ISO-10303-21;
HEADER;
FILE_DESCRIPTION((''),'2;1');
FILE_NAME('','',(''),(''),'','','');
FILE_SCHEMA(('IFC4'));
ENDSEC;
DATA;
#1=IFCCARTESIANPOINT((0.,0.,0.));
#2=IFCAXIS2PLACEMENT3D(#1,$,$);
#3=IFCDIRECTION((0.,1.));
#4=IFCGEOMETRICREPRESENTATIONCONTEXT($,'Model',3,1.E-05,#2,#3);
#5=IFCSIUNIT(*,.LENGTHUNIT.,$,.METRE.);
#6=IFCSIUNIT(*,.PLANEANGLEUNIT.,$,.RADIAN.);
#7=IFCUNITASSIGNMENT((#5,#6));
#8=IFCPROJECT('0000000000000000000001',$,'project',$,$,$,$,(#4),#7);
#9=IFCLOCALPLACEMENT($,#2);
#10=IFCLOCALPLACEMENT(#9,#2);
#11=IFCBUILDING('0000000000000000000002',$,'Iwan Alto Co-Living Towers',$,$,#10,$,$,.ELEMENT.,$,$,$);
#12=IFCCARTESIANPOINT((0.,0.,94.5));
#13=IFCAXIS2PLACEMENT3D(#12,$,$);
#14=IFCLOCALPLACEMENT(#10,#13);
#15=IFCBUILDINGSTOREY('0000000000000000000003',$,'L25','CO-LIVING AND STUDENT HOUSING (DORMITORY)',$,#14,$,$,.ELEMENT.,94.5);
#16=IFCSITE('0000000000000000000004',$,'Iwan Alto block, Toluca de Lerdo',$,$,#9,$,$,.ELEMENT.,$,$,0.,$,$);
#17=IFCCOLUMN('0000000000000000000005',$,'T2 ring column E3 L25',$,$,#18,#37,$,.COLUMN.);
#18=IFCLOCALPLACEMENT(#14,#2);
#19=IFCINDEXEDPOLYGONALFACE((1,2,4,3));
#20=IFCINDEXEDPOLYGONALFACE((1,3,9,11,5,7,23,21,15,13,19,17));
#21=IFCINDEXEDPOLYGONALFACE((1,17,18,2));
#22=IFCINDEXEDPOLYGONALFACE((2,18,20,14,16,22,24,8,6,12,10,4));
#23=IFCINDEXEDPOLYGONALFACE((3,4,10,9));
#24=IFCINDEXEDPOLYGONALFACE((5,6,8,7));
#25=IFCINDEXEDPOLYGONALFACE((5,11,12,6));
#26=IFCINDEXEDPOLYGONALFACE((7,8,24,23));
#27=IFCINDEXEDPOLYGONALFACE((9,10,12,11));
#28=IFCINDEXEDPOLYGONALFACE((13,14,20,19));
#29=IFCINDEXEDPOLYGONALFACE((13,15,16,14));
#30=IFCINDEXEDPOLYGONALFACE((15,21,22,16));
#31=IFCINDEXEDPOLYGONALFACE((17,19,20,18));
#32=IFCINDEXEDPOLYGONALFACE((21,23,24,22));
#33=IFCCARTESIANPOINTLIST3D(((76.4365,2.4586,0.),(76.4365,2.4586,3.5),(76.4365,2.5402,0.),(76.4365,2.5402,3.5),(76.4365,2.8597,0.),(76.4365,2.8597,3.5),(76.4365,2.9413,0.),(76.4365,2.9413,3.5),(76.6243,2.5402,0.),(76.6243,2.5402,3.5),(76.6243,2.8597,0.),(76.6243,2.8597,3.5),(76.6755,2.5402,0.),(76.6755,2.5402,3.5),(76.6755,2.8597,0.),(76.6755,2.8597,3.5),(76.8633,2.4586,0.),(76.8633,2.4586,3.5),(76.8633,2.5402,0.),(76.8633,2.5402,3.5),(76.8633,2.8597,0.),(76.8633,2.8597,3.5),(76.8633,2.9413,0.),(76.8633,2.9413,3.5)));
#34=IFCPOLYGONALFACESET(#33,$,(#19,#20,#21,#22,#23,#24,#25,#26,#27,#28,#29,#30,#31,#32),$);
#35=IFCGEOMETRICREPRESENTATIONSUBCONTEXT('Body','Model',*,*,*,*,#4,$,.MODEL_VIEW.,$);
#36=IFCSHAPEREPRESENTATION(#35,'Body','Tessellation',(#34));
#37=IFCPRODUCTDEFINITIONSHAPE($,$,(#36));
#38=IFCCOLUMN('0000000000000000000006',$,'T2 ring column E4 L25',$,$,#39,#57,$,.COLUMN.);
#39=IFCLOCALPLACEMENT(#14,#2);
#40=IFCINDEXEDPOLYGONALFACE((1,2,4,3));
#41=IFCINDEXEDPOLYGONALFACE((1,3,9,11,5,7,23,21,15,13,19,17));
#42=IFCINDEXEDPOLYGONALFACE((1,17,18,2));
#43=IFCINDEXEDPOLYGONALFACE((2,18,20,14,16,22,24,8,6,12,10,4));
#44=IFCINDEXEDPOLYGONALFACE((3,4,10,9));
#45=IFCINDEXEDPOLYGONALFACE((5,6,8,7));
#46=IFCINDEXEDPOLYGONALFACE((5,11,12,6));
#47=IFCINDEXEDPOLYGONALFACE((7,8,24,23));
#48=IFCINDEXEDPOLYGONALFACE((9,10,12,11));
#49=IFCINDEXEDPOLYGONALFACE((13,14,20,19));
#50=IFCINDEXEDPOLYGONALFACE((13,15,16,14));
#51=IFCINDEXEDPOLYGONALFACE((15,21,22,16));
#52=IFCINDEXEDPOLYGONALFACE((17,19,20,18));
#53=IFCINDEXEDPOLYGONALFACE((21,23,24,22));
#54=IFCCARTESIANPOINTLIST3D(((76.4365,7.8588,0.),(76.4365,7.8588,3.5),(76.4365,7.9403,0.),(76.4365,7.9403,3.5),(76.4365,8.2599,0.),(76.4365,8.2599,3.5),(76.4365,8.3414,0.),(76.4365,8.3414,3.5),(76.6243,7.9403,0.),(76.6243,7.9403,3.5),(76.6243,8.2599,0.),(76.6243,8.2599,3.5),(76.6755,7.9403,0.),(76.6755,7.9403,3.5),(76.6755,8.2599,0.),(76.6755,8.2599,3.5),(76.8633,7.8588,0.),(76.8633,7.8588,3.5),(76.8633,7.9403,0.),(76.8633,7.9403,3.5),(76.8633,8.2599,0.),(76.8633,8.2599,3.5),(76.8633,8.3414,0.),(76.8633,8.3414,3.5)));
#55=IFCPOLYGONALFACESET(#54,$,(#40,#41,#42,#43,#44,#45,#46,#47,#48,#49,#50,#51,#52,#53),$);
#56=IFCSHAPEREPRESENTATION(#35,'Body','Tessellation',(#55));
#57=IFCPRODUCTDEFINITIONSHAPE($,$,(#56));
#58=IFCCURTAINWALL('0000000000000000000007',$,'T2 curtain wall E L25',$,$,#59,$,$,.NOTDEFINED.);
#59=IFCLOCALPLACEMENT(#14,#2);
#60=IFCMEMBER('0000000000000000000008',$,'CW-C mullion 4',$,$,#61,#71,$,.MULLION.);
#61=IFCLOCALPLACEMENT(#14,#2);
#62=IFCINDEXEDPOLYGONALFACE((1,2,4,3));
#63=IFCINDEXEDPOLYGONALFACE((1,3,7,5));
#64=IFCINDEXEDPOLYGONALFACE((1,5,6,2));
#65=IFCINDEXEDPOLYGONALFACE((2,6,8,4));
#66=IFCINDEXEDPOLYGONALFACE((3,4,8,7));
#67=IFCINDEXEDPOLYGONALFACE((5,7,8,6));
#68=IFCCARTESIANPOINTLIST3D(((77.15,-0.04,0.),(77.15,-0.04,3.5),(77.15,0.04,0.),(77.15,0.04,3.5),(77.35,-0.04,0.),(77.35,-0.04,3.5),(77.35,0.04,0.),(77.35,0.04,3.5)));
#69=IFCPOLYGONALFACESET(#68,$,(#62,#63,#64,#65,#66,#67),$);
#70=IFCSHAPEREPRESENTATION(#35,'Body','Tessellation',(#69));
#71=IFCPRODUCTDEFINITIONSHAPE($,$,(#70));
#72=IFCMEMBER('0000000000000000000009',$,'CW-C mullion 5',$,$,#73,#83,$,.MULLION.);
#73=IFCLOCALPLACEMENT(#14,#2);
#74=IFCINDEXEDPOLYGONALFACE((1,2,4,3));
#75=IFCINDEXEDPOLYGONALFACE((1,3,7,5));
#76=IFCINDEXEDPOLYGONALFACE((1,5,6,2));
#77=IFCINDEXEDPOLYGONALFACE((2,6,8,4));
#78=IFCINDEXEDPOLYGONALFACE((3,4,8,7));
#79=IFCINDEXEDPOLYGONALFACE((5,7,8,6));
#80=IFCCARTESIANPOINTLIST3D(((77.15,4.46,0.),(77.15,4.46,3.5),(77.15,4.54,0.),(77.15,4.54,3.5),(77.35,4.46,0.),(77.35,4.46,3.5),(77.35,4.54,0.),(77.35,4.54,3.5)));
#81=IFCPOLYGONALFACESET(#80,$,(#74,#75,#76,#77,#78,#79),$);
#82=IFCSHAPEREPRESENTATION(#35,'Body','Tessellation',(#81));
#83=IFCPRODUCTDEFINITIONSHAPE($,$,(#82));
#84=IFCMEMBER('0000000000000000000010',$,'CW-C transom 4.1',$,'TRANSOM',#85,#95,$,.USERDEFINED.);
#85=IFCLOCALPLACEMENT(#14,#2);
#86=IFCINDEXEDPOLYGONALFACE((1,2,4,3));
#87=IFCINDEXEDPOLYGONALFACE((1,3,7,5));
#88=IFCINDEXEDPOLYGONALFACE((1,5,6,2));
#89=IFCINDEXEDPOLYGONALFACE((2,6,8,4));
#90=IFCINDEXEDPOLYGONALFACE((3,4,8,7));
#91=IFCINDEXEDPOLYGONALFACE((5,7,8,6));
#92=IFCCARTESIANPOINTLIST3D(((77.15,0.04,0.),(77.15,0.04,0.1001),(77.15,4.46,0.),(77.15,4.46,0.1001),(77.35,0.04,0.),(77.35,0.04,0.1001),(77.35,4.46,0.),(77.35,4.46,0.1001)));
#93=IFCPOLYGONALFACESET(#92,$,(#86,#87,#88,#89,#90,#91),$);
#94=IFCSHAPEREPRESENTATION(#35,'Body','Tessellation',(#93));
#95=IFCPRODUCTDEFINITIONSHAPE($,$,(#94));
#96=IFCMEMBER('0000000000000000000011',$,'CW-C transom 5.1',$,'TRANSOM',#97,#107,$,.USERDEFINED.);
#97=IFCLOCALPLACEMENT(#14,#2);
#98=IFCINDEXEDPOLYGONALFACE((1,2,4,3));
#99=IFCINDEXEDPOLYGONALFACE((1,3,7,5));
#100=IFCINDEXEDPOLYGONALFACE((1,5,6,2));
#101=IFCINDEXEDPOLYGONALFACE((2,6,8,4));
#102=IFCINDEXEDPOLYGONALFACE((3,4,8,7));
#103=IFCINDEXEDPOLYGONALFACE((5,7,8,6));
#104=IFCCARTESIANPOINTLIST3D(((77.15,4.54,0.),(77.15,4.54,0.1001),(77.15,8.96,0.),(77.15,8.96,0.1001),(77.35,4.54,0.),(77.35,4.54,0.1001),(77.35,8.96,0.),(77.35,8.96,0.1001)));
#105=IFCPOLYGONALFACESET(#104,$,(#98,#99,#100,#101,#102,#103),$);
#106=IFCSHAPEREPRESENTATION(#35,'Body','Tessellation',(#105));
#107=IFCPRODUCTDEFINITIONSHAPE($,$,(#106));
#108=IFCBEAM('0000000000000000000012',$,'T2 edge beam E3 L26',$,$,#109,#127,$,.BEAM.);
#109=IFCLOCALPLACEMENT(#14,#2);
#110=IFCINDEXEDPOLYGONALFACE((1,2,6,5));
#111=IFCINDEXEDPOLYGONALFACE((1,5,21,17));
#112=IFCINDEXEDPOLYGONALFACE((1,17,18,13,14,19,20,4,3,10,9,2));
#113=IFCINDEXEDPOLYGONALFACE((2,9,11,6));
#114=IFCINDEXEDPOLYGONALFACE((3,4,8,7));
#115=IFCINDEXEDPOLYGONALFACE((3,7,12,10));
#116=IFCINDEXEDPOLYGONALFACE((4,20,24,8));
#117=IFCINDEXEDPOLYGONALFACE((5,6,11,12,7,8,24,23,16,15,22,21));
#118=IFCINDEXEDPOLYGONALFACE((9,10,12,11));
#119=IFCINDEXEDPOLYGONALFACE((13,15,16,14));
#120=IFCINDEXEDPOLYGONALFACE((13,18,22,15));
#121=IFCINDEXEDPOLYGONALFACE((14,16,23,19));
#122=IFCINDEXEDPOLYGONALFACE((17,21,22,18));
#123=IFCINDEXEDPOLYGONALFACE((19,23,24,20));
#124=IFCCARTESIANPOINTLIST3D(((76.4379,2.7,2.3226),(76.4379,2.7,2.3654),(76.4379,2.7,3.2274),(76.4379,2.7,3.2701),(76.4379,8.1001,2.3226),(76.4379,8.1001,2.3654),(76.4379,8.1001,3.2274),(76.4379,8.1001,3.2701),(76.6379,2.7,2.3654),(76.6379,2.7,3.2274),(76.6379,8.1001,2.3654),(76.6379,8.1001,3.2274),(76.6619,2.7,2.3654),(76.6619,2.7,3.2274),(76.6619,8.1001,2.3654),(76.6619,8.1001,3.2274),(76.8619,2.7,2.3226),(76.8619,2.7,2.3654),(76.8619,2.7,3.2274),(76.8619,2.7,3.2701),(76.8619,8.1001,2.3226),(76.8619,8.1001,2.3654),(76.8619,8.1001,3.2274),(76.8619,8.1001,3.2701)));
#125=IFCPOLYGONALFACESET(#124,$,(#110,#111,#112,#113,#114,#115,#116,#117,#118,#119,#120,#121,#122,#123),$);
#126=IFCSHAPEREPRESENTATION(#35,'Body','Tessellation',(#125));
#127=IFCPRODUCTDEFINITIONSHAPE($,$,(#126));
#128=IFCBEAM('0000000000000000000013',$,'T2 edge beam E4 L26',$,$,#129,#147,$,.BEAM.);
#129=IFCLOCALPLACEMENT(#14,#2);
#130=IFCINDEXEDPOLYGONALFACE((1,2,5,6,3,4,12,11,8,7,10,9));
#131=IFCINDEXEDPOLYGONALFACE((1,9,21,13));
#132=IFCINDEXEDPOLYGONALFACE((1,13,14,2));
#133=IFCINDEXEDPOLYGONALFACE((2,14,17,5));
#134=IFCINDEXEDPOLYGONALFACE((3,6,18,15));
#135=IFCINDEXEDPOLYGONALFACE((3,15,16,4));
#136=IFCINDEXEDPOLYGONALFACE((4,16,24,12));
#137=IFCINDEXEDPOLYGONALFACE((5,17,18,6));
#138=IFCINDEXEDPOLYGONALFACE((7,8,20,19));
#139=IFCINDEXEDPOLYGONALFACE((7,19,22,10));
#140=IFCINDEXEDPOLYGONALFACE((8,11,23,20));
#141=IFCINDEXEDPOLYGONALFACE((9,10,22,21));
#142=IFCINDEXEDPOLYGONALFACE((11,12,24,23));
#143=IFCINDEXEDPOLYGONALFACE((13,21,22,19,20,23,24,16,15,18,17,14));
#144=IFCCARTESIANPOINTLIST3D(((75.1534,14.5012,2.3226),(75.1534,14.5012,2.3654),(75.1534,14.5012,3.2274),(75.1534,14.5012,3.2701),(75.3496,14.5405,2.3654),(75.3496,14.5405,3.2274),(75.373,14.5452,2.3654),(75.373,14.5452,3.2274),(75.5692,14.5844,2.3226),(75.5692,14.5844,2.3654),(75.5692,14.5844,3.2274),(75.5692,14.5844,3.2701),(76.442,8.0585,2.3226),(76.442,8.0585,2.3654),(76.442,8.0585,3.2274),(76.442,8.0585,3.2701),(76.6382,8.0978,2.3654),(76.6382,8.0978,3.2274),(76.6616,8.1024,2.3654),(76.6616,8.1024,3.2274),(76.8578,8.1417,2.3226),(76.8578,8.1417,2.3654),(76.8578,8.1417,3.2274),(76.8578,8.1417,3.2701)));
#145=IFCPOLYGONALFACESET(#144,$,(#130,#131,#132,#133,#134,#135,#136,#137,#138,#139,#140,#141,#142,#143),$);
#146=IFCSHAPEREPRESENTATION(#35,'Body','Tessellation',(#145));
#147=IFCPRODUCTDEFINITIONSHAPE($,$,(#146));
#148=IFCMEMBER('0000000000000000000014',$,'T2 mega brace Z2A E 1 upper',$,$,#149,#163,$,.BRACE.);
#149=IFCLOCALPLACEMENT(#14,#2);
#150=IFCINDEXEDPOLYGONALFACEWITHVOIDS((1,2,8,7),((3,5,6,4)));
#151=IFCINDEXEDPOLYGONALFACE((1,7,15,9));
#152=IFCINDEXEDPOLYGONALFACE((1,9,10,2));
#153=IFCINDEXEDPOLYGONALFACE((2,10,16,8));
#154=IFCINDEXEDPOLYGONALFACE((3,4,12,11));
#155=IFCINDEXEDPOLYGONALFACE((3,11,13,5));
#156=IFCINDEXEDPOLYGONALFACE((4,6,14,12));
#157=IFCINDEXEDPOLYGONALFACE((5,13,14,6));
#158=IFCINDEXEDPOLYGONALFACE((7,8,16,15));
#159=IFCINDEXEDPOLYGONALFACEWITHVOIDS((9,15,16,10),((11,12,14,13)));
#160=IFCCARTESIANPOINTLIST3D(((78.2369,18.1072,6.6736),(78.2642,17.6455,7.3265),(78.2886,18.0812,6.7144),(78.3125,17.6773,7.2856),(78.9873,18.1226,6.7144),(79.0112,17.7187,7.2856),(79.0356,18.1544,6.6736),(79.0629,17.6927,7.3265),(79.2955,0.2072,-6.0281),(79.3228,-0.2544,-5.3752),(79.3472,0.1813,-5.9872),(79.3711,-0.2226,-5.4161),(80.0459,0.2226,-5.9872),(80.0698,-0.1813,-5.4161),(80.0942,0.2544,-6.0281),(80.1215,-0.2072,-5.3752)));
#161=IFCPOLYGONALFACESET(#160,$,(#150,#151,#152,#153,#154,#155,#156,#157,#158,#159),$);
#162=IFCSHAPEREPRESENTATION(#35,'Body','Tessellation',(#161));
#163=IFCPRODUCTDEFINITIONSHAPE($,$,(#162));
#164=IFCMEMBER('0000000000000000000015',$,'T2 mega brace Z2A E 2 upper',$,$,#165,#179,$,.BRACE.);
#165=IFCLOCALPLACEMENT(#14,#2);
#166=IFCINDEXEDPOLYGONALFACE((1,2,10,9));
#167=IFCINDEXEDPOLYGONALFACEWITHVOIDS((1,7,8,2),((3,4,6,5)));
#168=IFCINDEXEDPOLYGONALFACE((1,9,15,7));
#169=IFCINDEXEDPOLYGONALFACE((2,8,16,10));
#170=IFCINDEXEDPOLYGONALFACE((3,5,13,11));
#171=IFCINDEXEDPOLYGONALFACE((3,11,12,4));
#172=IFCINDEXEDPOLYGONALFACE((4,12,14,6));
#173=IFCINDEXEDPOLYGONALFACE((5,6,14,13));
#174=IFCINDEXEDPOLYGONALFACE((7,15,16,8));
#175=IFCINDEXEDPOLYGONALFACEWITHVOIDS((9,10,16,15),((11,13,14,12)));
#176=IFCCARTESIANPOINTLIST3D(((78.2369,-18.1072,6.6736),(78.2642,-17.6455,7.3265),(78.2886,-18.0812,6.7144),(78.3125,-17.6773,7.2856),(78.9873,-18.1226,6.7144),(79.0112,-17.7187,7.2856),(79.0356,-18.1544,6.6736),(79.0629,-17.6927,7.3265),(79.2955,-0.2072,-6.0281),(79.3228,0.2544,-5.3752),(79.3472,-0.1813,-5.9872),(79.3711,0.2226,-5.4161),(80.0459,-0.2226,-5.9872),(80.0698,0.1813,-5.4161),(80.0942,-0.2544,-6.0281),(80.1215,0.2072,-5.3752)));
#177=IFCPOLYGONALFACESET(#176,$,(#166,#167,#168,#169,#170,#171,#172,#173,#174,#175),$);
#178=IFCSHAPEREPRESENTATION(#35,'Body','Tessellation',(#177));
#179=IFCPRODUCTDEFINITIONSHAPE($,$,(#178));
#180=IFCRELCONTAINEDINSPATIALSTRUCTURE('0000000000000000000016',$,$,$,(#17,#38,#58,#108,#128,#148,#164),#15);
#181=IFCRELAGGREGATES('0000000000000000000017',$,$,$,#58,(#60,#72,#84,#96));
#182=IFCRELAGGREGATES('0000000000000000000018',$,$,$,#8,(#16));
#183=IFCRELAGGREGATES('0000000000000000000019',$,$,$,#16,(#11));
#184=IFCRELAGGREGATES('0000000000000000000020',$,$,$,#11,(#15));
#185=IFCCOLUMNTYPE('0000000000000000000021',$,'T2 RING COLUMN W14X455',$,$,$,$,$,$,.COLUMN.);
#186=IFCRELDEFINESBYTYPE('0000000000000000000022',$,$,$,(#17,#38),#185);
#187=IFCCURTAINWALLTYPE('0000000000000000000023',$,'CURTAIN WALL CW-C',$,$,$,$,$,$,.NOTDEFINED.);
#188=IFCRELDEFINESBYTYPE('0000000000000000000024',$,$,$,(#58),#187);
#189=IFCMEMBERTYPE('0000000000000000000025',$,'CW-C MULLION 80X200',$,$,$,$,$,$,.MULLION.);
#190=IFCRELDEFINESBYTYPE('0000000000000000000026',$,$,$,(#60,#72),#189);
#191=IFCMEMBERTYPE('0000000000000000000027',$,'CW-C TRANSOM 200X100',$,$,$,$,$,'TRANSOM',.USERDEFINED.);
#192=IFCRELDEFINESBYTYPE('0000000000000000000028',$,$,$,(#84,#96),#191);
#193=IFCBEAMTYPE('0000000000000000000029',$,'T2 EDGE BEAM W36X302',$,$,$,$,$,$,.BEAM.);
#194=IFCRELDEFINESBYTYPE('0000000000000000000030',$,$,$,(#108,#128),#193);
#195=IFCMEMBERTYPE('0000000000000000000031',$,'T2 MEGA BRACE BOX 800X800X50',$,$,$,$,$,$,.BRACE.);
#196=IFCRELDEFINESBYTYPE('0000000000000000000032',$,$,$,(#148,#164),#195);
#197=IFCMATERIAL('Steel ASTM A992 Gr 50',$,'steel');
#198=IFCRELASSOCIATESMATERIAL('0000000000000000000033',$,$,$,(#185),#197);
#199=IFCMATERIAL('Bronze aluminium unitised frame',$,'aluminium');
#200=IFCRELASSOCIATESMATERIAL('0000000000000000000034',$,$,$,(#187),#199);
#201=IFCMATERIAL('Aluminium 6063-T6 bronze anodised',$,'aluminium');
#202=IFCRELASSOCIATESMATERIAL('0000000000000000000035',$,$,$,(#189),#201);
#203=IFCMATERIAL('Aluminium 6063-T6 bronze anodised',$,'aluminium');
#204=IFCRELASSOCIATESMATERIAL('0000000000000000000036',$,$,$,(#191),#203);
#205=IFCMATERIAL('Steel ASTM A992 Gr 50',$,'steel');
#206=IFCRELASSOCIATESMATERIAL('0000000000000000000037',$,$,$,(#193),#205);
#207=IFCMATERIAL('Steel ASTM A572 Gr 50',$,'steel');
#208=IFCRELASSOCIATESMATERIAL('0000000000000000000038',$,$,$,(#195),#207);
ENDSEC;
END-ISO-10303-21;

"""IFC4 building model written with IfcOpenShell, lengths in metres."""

from ifc_helpers import new_model, si_unit, direction, frame, origin, origin_2d, place, context, subcontext, project, spatial, rectangle, hollow_rectangle, i_section, extrude, material, material_profile, profile_set, type_object, element, aggregate, save


model = new_model("IFC4")

# Units and contexts
model_context = context("Model", 3, precision=1e-05, world=origin(), true_north=direction((0.0, 1.0)))
body_context = subcontext(model_context, "Body", "Model", "MODEL_VIEW")
ifc_project = project(units=[si_unit("LENGTHUNIT", "METRE"), si_unit("PLANEANGLEUNIT", "RADIAN")], contexts=[model_context])

# Site, building, storey
site_placement = place(None, origin())
site = spatial("IfcSite", under=ifc_project, at=site_placement, Name="Iwan Alto block, Toluca de Lerdo", CompositionType="ELEMENT", RefElevation=0.0)
building_placement = place(site_placement, origin())
building = spatial("IfcBuilding", under=site, at=building_placement, Name="Iwan Alto Co-Living Towers", CompositionType="ELEMENT")
storey_placement = place(building_placement, frame((0.0, 0.0, 94.5)))
storey = spatial("IfcBuildingStorey", under=building, at=storey_placement, Name="L25", Description="CO-LIVING AND STUDENT HOUSING (DORMITORY)", CompositionType="ELEMENT", Elevation=94.5)

# Columns
ifc_material_1 = material(Name="Steel ASTM A992 Gr 50", Category="steel")
ifc_material_profile_1 = material_profile(ifc_material_1, i_section(OverallWidth=0.4268, OverallDepth=0.4827, WebThickness=0.0513, FlangeThickness=0.0815, at=origin_2d()), Name="W14X455")
ifc_profile_set_1 = profile_set([ifc_material_profile_1], Name="Steel ASTM A992 Gr 50")
column_type = type_object("IfcColumnType", Name="T2 RING COLUMN W14X455", PredefinedType="COLUMN", material=ifc_profile_set_1)
for number, where, z_axis, x_axis, name in (
    (1, (76.6499, 2.7, 0.0), (0.0, 0.0, 1.0), (1.0, 0.0, 0.0), "T2 ring column E3 L25"),
    (2, (76.6499, 8.1001, 0.0), (0.0, 0.0, 1.0), (1.0, 0.0, 0.0), "T2 ring column E4 L25"),
):
    element("IfcColumn", number, at=place(storey_placement, frame(where, z_axis=z_axis, x_axis=x_axis)), inside=storey, type_object=column_type, Name=name, PredefinedType="COLUMN", context=body_context, shape_type="SweptSolid", body=[
        extrude(i_section(OverallWidth=0.4268, OverallDepth=0.4827, WebThickness=0.0513, FlangeThickness=0.0815, at=origin_2d()), origin(), (0.0, 0.0, 1.0), 3.5),
    ])

# Curtain wall, members
ifc_material_2 = material(Name="Bronze aluminium unitised frame", Category="aluminium")
curtain_wall_type = type_object("IfcCurtainWallType", Name="CURTAIN WALL CW-C", PredefinedType="NOTDEFINED", material=ifc_material_2)
curtain_wall_placement = place(storey_placement, origin())
curtain_wall = element("IfcCurtainWall", 3, at=curtain_wall_placement, inside=storey, type_object=curtain_wall_type, Name="T2 curtain wall E L25", PredefinedType="NOTDEFINED")
ifc_material_3 = material(Name="Aluminium 6063-T6 bronze anodised", Category="aluminium")
ifc_material_profile_2 = material_profile(ifc_material_3, rectangle(XDim=0.2, YDim=0.0801, at=origin_2d()), Name="AL 80X200")
ifc_profile_set_2 = profile_set([ifc_material_profile_2], Name="Aluminium 6063-T6 bronze anodised")
member_type_1 = type_object("IfcMemberType", Name="CW-C MULLION 80X200", PredefinedType="MULLION", material=ifc_profile_set_2)
member_1_placement = place(storey_placement, frame((77.25, 0.0, 0.0), z_axis=(0.0, 0.0, 1.0), x_axis=(-1.0, 0.0, 0.0)))
member_1 = element("IfcMember", 4, at=member_1_placement, type_object=member_type_1, Name="CW-C mullion 4", PredefinedType="MULLION", context=body_context, shape_type="SweptSolid", body=[
    extrude(rectangle(XDim=0.2, YDim=0.0801, at=origin_2d()), origin(), (0.0, 0.0, 1.0), 3.5),
])
member_2_placement = place(storey_placement, frame((77.25, 4.5, 0.0), z_axis=(0.0, 0.0, 1.0), x_axis=(-1.0, 0.0, 0.0)))
member_2 = element("IfcMember", 5, at=member_2_placement, type_object=member_type_1, Name="CW-C mullion 5", PredefinedType="MULLION", context=body_context, shape_type="SweptSolid", body=[
    extrude(rectangle(XDim=0.2, YDim=0.0801, at=origin_2d()), origin(), (0.0, 0.0, 1.0), 3.5),
])
ifc_material_4 = material(Name="Aluminium 6063-T6 bronze anodised", Category="aluminium")
ifc_material_profile_3 = material_profile(ifc_material_4, rectangle(XDim=0.2, YDim=0.1001, at=origin_2d()), Name="AL 200X100")
ifc_profile_set_3 = profile_set([ifc_material_profile_3], Name="Aluminium 6063-T6 bronze anodised")
member_type_2 = type_object("IfcMemberType", Name="CW-C TRANSOM 200X100", ElementType="TRANSOM", PredefinedType="USERDEFINED", material=ifc_profile_set_3)
member_3_placement = place(storey_placement, frame((77.25, 0.04, 0.05), z_axis=(0.0, 1.0, 0.0), x_axis=(-1.0, 0.0, 0.0)))
member_3 = element("IfcMember", 6, at=member_3_placement, type_object=member_type_2, Name="CW-C transom 4.1", ObjectType="TRANSOM", PredefinedType="USERDEFINED", context=body_context, shape_type="SweptSolid", body=[
    extrude(rectangle(XDim=0.2, YDim=0.1001, at=origin_2d()), origin(), (0.0, 0.0, 1.0), 4.4199),
])
member_4_placement = place(storey_placement, frame((77.25, 4.54, 0.05), z_axis=(0.0, 1.0, 0.0), x_axis=(-1.0, 0.0, 0.0)))
member_4 = element("IfcMember", 7, at=member_4_placement, type_object=member_type_2, Name="CW-C transom 5.1", ObjectType="TRANSOM", PredefinedType="USERDEFINED", context=body_context, shape_type="SweptSolid", body=[
    extrude(rectangle(XDim=0.2, YDim=0.1001, at=origin_2d()), origin(), (0.0, 0.0, 1.0), 4.4199),
])

# Beams
ifc_material_5 = material(Name="Steel ASTM A992 Gr 50", Category="steel")
ifc_material_profile_4 = material_profile(ifc_material_5, i_section(OverallWidth=0.4241, OverallDepth=0.9475, WebThickness=0.0239, FlangeThickness=0.0427, at=origin_2d()), Name="W36X302")
ifc_profile_set_4 = profile_set([ifc_material_profile_4], Name="Steel ASTM A992 Gr 50")
beam_type_1 = type_object("IfcBeamType", Name="T2 EDGE BEAM W36X302", PredefinedType="BEAM", material=ifc_profile_set_4)
beam_1_placement = place(storey_placement, frame((76.6499, 2.7, 2.7964), z_axis=(0.0, 1.0, 0.0), x_axis=(-1.0, 0.0, 0.0)))
element("IfcBeam", 8, at=beam_1_placement, inside=storey, type_object=beam_type_1, Name="T2 edge beam E3 L26", PredefinedType="BEAM", context=body_context, shape_type="SweptSolid", body=[
    extrude(i_section(OverallWidth=0.4241, OverallDepth=0.9475, WebThickness=0.0239, FlangeThickness=0.0427, at=origin_2d()), origin(), (0.0, 0.0, 1.0), 5.4001),
])
beam_2_placement = place(storey_placement, frame((76.6499, 8.1001, 2.7964), z_axis=(-0.196123, 0.980579, 0.0), x_axis=(-0.980579, -0.196123, 0.0)))
element("IfcBeam", 9, at=beam_2_placement, inside=storey, type_object=beam_type_1, Name="T2 edge beam E4 L26", PredefinedType="BEAM", context=body_context, shape_type="SweptSolid", body=[
    extrude(i_section(OverallWidth=0.4241, OverallDepth=0.9475, WebThickness=0.0239, FlangeThickness=0.0427, at=origin_2d()), origin(), (0.0, 0.0, 1.0), 6.5703),
])

# Members
ifc_material_6 = material(Name="Steel ASTM A572 Gr 50", Category="steel")
ifc_material_profile_5 = material_profile(ifc_material_6, hollow_rectangle(XDim=0.8, YDim=0.8, WallThickness=0.05, at=origin_2d()), Name="BOX 800X800X50")
ifc_profile_set_5 = profile_set([ifc_material_profile_5], Name="Steel ASTM A572 Gr 50")
member_type_3 = type_object("IfcMemberType", Name="T2 MEGA BRACE BOX 800X800X50", PredefinedType="BRACE", material=ifc_profile_set_5)
for number, where, z_axis, x_axis, name in (
    (10, (79.7085, 0.0, -5.7017), (-0.048175, 0.814592, 0.57803), (-0.998256, -0.059036, 0.0), "T2 mega brace Z2A E 1 upper"),
    (11, (79.7085, 0.0, -5.7017), (-0.048175, -0.814592, 0.57803), (0.998256, -0.059036, 0.0), "T2 mega brace Z2A E 2 upper"),
):
    element("IfcMember", number, at=place(storey_placement, frame(where, z_axis=z_axis, x_axis=x_axis)), inside=storey, type_object=member_type_3, Name=name, PredefinedType="BRACE", context=body_context, shape_type="SweptSolid", body=[
        extrude(hollow_rectangle(XDim=0.8, YDim=0.8, WallThickness=0.05, at=origin_2d()), origin(), (0.0, 0.0, 1.0), 21.9741),
    ])

aggregate(curtain_wall, [member_1, member_2, member_3, member_4])

save(model, "model.ifc")
